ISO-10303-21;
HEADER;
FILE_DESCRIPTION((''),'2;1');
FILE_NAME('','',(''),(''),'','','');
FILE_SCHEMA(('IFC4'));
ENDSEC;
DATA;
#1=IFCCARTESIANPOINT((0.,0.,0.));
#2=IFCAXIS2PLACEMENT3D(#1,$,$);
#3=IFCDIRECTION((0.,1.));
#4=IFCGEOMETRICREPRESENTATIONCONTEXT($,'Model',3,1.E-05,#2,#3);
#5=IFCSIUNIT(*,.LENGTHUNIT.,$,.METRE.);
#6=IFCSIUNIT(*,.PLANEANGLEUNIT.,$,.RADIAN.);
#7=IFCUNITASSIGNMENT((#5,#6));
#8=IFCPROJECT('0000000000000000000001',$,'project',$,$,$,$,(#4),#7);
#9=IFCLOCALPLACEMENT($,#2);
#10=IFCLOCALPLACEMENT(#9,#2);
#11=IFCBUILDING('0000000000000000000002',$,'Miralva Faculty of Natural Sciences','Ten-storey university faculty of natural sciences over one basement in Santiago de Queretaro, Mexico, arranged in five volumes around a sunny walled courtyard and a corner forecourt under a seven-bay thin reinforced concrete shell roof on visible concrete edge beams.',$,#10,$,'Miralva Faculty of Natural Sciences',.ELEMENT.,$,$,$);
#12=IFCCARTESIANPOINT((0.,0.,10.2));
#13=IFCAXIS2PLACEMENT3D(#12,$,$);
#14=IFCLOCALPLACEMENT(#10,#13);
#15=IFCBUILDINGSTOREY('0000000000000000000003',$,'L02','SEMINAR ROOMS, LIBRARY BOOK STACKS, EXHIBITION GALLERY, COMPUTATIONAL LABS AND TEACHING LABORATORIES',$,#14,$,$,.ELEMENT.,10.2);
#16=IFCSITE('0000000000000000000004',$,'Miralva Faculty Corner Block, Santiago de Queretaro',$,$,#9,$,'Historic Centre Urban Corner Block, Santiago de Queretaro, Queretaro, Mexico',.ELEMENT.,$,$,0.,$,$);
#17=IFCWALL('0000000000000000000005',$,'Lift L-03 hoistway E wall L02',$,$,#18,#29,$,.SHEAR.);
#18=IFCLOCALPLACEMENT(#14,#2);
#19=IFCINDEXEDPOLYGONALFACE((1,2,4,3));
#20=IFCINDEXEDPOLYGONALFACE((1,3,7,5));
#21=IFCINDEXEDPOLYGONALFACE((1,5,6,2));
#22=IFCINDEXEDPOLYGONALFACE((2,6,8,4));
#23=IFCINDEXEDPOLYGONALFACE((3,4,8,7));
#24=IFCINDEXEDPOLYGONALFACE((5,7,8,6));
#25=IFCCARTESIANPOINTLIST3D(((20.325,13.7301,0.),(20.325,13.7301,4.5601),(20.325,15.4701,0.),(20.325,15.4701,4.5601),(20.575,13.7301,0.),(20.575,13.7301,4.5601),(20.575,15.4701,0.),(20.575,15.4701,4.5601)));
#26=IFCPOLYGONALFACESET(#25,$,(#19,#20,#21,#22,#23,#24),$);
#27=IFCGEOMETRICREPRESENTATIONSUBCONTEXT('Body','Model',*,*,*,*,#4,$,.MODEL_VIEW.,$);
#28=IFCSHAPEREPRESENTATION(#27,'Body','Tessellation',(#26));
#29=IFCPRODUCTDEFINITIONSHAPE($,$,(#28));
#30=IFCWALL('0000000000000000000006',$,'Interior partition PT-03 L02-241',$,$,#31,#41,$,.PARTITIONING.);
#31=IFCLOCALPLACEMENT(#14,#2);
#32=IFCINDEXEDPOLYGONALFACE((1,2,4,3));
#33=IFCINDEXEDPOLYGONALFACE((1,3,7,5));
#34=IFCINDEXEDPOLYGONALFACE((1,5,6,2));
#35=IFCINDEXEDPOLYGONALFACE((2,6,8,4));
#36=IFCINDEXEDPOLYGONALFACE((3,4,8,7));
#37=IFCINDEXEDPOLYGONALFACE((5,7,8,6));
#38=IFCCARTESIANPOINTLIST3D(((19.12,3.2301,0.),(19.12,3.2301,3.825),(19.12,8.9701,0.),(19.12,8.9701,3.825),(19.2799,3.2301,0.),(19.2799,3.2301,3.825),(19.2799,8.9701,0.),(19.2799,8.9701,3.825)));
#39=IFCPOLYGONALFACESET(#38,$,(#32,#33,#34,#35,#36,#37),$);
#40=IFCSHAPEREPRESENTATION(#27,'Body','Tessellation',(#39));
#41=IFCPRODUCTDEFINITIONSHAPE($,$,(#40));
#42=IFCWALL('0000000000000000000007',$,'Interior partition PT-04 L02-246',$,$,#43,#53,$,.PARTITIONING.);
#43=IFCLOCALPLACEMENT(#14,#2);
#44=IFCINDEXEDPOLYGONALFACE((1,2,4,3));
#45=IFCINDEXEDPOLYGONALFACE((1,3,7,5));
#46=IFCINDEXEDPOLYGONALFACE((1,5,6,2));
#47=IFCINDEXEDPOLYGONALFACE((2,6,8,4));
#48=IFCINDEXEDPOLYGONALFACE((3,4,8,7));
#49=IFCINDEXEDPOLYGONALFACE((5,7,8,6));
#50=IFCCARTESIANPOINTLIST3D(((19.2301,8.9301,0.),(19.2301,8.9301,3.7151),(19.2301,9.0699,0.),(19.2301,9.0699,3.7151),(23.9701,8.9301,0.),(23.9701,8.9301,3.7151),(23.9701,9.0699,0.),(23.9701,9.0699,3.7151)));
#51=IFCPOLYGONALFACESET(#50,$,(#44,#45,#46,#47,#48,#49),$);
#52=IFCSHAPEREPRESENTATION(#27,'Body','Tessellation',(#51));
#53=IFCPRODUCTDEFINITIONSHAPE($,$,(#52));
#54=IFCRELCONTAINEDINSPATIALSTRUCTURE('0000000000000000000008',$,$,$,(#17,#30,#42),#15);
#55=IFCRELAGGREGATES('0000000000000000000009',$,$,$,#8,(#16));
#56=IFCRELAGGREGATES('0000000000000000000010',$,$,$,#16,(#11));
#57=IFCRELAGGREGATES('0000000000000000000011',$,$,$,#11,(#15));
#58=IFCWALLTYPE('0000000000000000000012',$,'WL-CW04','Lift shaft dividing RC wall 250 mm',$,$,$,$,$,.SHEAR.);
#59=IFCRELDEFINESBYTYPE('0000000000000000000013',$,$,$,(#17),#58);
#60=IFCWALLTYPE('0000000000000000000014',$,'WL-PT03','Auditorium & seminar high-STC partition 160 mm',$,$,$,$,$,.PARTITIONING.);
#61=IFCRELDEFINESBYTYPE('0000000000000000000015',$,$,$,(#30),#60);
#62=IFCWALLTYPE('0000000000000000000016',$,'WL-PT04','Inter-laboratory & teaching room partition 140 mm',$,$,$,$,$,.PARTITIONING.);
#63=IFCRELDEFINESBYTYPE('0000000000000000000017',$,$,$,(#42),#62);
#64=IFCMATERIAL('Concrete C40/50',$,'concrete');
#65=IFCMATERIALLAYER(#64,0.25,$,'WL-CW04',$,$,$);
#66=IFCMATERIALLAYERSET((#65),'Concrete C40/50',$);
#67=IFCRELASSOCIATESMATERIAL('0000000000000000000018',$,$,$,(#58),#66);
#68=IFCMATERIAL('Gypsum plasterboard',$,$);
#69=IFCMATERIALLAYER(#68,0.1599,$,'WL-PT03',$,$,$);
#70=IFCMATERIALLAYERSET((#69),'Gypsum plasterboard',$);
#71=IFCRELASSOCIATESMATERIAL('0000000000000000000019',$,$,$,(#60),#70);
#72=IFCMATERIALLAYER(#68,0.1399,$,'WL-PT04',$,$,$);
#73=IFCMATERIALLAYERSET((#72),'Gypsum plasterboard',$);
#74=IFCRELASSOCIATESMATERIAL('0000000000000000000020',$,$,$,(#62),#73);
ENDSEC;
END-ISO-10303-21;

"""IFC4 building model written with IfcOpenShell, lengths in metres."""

from ifc_helpers import new_model, si_unit, direction, frame, frame_2d, origin, place, context, subcontext, project, spatial, rectangle, extrude, material, layer, layer_set, type_object, element, save


model = new_model("IFC4")

# Units and contexts
model_context = context("Model", 3, precision=1e-05, world=origin(), true_north=direction((0.0, 1.0)))
body_context = subcontext(model_context, "Body", "Model", "MODEL_VIEW")
ifc_project = project(units=[si_unit("LENGTHUNIT", "METRE"), si_unit("PLANEANGLEUNIT", "RADIAN")], contexts=[model_context])

# Site, building, storey
site_placement = place(None, origin())
site = spatial("IfcSite", under=ifc_project, at=site_placement, Name="Miralva Faculty Corner Block, Santiago de Queretaro", LongName="Historic Centre Urban Corner Block, Santiago de Queretaro, Queretaro, Mexico", CompositionType="ELEMENT", RefElevation=0.0)
building_placement = place(site_placement, origin())
building = spatial("IfcBuilding", under=site, at=building_placement, Name="Miralva Faculty of Natural Sciences", Description="Ten-storey university faculty of natural sciences over one basement in Santiago de Queretaro, Mexico, arranged in five volumes around a sunny walled courtyard and a corner forecourt under a seven-bay thin reinforced concrete shell roof on visible concrete edge beams.", LongName="Miralva Faculty of Natural Sciences", CompositionType="ELEMENT")
storey_placement = place(building_placement, frame((0.0, 0.0, 10.2)))
storey = spatial("IfcBuildingStorey", under=building, at=storey_placement, Name="L02", Description="SEMINAR ROOMS, LIBRARY BOOK STACKS, EXHIBITION GALLERY, COMPUTATIONAL LABS AND TEACHING LABORATORIES", CompositionType="ELEMENT", Elevation=10.2)

# Shared definitions
ifc_material_1 = material(Name="Concrete C40/50", Category="concrete")

# Shared definitions
ifc_layer_1 = layer(ifc_material_1, 0.25, Name="WL-CW04")
ifc_layer_set_1 = layer_set([ifc_layer_1], Name="Concrete C40/50")
wall_type_1 = type_object("IfcWallType", Name="WL-CW04", Description="Lift shaft dividing RC wall 250 mm", PredefinedType="SHEAR", material=ifc_layer_set_1)

# Walls
wall_1_placement = place(storey_placement, frame((20.45, 13.73, 0.0), z_axis=(0.0, 0.0, 1.0), x_axis=(0.0, 1.0, 0.0)))
element("IfcWall", 1, at=wall_1_placement, inside=storey, type_object=wall_type_1, Name="Lift L-03 hoistway E wall L02", PredefinedType="SHEAR", context=body_context, shape_type="SweptSolid", body=[
    extrude(rectangle(XDim=1.74, YDim=0.25, at=frame_2d((0.8701, 0.0))), origin(), (0.0, 0.0, 1.0), 4.5601),
])
ifc_material_2 = material(Name="Gypsum plasterboard")
ifc_layer_2 = layer(ifc_material_2, 0.1599, Name="WL-PT03")
ifc_layer_set_2 = layer_set([ifc_layer_2], Name="Gypsum plasterboard")
wall_type_2 = type_object("IfcWallType", Name="WL-PT03", Description="Auditorium & seminar high-STC partition 160 mm", PredefinedType="PARTITIONING", material=ifc_layer_set_2)
wall_2_placement = place(storey_placement, frame((19.2, 3.23, 0.0), z_axis=(0.0, 0.0, 1.0), x_axis=(0.0, 1.0, 0.0)))
element("IfcWall", 2, at=wall_2_placement, inside=storey, type_object=wall_type_2, Name="Interior partition PT-03 L02-241", PredefinedType="PARTITIONING", context=body_context, shape_type="SweptSolid", body=[
    extrude(rectangle(XDim=5.74, YDim=0.1599, at=frame_2d((2.8701, 0.0))), origin(), (0.0, 0.0, 1.0), 3.825),
])
ifc_layer_3 = layer(ifc_material_2, 0.1399, Name="WL-PT04")
ifc_layer_set_3 = layer_set([ifc_layer_3], Name="Gypsum plasterboard")
wall_type_3 = type_object("IfcWallType", Name="WL-PT04", Description="Inter-laboratory & teaching room partition 140 mm", PredefinedType="PARTITIONING", material=ifc_layer_set_3)
wall_3_placement = place(storey_placement, frame((19.23, 9.0, 0.0), z_axis=(0.0, 0.0, 1.0), x_axis=(1.0, 0.0, 0.0)))
element("IfcWall", 3, at=wall_3_placement, inside=storey, type_object=wall_type_3, Name="Interior partition PT-04 L02-246", PredefinedType="PARTITIONING", context=body_context, shape_type="SweptSolid", body=[
    extrude(rectangle(XDim=4.74, YDim=0.1399, at=frame_2d((2.3701, 0.0))), origin(), (0.0, 0.0, 1.0), 3.7151),
])

save(model, "model.ifc")
